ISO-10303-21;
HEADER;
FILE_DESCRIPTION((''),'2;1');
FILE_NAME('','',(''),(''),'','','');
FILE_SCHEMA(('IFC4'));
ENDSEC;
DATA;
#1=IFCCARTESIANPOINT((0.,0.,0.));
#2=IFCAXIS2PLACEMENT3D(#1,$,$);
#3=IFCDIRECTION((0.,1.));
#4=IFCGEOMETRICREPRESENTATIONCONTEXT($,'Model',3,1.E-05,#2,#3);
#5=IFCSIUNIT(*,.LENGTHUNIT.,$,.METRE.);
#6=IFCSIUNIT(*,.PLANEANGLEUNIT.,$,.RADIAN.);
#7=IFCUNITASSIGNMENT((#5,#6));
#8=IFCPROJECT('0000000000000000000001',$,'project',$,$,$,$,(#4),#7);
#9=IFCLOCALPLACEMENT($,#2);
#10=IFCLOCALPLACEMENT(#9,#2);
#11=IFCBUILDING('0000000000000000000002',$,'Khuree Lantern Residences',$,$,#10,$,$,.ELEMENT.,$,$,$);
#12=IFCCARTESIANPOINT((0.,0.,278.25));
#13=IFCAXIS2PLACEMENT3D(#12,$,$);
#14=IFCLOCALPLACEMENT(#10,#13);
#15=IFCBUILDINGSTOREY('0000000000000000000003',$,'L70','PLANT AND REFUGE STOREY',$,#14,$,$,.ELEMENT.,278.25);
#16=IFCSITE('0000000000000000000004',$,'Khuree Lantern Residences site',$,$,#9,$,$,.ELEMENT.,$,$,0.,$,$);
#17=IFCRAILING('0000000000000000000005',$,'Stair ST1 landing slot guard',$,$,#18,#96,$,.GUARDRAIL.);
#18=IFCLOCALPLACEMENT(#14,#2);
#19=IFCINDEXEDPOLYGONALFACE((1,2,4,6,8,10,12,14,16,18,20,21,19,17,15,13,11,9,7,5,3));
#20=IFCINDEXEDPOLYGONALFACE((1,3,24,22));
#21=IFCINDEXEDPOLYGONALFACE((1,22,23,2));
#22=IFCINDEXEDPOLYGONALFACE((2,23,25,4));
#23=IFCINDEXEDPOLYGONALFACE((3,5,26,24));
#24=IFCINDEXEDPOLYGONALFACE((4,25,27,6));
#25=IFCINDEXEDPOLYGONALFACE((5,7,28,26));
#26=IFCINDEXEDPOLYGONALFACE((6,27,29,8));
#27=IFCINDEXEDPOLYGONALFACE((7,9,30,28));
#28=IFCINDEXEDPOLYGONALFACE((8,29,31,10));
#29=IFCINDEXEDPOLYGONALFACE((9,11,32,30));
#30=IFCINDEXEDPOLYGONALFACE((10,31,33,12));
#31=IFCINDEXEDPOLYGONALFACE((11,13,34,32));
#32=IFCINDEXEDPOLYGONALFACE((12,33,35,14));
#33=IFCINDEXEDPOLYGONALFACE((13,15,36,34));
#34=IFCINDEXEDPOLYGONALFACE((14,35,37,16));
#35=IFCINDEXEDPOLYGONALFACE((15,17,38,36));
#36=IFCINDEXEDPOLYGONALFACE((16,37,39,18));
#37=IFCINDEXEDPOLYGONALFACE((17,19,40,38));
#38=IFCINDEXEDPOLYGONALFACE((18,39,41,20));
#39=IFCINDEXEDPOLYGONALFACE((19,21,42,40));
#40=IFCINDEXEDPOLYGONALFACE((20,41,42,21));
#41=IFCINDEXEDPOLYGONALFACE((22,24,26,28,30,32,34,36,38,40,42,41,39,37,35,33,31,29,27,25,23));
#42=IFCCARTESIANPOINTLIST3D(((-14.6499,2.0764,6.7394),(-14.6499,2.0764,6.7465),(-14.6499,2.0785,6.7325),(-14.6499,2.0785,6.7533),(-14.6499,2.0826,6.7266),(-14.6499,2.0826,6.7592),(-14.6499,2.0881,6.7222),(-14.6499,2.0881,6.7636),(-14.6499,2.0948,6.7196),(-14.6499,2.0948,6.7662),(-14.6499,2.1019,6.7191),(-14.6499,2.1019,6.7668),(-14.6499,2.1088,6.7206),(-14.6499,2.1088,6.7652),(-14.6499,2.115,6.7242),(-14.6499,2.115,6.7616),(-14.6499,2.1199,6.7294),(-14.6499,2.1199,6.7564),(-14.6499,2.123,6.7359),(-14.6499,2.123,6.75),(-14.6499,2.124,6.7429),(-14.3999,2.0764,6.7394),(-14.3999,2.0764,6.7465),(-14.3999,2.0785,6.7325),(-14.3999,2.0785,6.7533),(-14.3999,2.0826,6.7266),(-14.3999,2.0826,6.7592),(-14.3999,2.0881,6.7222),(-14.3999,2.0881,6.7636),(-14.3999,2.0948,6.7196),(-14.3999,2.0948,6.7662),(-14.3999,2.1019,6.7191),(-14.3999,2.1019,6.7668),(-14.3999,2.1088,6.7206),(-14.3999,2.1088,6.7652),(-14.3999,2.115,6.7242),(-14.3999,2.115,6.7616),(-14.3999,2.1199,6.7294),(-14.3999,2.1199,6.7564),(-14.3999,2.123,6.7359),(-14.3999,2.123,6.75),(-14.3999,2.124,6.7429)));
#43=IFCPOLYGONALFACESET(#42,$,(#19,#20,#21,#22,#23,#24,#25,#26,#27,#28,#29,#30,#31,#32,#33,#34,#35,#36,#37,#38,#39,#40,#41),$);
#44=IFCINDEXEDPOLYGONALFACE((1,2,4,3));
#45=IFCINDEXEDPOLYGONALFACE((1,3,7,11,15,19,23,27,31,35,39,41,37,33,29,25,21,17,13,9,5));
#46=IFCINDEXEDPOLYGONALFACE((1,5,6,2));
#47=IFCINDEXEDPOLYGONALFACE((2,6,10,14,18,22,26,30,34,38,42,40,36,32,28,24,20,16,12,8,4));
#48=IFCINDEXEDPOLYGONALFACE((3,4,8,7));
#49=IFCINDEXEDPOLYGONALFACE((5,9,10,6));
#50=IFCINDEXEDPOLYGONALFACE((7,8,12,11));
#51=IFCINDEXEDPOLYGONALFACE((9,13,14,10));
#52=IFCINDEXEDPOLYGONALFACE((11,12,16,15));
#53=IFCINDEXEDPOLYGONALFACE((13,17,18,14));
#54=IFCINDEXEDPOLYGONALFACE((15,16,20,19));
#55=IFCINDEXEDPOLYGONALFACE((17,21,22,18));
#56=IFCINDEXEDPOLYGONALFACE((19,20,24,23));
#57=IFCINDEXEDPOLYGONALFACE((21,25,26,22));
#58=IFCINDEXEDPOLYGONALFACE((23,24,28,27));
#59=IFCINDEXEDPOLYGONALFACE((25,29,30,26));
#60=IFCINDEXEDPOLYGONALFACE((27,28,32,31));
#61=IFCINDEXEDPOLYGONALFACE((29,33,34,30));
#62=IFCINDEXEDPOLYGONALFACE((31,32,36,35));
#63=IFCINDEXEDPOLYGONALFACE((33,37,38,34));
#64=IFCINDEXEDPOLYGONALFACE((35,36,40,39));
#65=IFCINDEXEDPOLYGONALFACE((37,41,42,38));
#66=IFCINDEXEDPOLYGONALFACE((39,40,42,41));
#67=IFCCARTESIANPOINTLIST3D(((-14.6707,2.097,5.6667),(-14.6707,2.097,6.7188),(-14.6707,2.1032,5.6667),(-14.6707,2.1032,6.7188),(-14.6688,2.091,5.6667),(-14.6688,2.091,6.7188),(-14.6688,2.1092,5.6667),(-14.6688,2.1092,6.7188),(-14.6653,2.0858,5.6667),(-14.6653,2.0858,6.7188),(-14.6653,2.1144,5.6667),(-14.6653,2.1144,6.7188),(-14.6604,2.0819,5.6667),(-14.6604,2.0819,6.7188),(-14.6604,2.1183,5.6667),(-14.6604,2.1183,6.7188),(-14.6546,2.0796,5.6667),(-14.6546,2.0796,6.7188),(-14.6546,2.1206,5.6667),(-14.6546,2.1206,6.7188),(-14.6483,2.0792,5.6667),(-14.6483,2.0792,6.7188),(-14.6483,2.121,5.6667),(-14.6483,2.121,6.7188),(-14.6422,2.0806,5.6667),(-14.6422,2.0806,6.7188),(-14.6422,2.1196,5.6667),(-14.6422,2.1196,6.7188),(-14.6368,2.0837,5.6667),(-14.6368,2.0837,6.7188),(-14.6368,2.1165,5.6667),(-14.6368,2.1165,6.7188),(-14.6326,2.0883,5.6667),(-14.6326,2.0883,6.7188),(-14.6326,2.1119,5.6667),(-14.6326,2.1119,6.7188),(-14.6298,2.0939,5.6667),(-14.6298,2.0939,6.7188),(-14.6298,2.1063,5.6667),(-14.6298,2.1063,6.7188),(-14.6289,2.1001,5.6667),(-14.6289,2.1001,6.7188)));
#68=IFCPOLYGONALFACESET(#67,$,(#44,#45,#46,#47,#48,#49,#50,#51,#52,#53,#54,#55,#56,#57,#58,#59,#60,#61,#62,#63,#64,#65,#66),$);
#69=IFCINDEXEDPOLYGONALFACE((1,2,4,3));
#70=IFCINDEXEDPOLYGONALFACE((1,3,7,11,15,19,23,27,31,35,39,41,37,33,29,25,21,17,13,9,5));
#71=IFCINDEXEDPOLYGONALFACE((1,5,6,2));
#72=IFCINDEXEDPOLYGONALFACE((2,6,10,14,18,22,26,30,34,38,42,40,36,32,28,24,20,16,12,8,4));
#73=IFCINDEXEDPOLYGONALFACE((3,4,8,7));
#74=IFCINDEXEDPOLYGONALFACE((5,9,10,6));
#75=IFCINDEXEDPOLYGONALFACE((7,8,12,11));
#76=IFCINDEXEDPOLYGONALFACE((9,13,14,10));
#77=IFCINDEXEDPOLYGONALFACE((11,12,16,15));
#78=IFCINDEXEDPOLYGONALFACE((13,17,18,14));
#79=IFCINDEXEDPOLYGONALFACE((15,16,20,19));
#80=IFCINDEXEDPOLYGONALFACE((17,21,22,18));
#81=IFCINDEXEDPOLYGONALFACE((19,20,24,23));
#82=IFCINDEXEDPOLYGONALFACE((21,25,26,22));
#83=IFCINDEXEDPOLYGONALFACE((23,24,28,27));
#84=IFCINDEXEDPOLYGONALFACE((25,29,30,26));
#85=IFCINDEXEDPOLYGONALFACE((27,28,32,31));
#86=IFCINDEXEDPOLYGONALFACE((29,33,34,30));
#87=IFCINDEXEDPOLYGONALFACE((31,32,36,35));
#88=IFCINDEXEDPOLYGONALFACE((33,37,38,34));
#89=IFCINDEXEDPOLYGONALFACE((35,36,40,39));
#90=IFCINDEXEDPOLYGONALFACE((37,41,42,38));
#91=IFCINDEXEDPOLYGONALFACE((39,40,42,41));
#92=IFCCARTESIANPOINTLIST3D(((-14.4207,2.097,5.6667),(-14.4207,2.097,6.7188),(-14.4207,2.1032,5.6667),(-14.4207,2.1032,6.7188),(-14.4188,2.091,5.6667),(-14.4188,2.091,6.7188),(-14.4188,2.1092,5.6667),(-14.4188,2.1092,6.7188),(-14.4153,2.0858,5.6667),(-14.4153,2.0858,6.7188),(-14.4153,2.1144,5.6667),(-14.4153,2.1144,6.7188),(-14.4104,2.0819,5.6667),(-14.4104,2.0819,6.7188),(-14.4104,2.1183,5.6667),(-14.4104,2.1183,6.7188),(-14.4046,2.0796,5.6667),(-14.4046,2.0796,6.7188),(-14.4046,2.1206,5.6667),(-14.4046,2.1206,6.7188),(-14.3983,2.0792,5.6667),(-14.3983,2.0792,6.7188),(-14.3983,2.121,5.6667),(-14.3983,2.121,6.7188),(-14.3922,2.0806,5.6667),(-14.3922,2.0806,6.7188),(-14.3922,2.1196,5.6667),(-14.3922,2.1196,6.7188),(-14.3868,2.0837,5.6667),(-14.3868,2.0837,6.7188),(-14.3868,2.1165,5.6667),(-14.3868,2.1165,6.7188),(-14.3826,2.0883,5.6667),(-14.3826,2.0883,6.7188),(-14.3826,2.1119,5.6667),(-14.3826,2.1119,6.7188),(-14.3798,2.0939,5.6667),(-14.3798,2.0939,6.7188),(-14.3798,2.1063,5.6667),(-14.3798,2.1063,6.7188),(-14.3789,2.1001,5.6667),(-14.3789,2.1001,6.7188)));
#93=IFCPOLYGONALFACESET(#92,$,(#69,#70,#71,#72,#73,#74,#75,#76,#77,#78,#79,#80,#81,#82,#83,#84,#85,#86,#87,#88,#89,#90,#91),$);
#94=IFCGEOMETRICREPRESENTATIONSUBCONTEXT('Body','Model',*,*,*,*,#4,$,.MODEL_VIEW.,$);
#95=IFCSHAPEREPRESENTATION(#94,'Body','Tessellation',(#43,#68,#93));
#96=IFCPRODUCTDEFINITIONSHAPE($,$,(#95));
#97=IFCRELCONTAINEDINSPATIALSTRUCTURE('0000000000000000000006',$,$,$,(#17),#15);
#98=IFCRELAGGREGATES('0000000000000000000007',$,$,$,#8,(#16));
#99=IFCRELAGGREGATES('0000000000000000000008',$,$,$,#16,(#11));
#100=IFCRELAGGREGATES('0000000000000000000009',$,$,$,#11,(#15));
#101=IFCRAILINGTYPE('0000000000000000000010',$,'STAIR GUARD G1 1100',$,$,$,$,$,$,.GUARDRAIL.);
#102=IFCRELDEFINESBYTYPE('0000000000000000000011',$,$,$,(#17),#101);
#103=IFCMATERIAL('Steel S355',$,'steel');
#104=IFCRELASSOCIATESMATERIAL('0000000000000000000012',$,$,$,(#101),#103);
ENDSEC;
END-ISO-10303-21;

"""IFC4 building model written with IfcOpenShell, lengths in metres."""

from ifc_helpers import new_model, si_unit, direction, frame, origin, origin_2d, place, context, subcontext, project, spatial, circle, extrude, material, type_object, element, save


model = new_model("IFC4")

# Units and contexts
model_context = context("Model", 3, precision=1e-05, world=origin(), true_north=direction((0.0, 1.0)))
body_context = subcontext(model_context, "Body", "Model", "MODEL_VIEW")
ifc_project = project(units=[si_unit("LENGTHUNIT", "METRE"), si_unit("PLANEANGLEUNIT", "RADIAN")], contexts=[model_context])

# Site, building, storey
site_placement = place(None, origin())
site = spatial("IfcSite", under=ifc_project, at=site_placement, Name="Khuree Lantern Residences site", CompositionType="ELEMENT", RefElevation=0.0)
building_placement = place(site_placement, origin())
building = spatial("IfcBuilding", under=site, at=building_placement, Name="Khuree Lantern Residences", CompositionType="ELEMENT")
storey_placement = place(building_placement, frame((0.0, 0.0, 278.25)))
storey = spatial("IfcBuildingStorey", under=building, at=storey_placement, Name="L70", Description="PLANT AND REFUGE STOREY", CompositionType="ELEMENT", Elevation=278.25)

# Shared definitions
ifc_material_1 = material(Name="Steel S355", Category="steel")

# Railing
railing_type = type_object("IfcRailingType", Name="STAIR GUARD G1 1100", PredefinedType="GUARDRAIL", material=ifc_material_1)
for number, where, name in (
    (1, (-14.6499, 2.1001, 5.6667), "Stair ST1 landing slot guard"),
):
    element("IfcRailing", number, at=place(storey_placement, frame(where)), inside=storey, type_object=railing_type, Name=name, PredefinedType="GUARDRAIL", context=body_context, shape_type="SweptSolid", body=[
        extrude(circle(Radius=0.0239, at=origin_2d()), frame((0.0, 0.0, 1.0762), z_axis=(1.0, 0.0, 0.0), x_axis=(0.0, 1.0, 0.0)), (0.0, 0.0, 1.0), 0.25),
        extrude(circle(Radius=0.021, at=origin_2d()), origin(), (0.0, 0.0, 1.0), 1.052),
        extrude(circle(Radius=0.021, at=origin_2d()), frame((0.25, 0.0, 0.0)), (0.0, 0.0, 1.0), 1.052),
    ])

save(model, "model.ifc")
